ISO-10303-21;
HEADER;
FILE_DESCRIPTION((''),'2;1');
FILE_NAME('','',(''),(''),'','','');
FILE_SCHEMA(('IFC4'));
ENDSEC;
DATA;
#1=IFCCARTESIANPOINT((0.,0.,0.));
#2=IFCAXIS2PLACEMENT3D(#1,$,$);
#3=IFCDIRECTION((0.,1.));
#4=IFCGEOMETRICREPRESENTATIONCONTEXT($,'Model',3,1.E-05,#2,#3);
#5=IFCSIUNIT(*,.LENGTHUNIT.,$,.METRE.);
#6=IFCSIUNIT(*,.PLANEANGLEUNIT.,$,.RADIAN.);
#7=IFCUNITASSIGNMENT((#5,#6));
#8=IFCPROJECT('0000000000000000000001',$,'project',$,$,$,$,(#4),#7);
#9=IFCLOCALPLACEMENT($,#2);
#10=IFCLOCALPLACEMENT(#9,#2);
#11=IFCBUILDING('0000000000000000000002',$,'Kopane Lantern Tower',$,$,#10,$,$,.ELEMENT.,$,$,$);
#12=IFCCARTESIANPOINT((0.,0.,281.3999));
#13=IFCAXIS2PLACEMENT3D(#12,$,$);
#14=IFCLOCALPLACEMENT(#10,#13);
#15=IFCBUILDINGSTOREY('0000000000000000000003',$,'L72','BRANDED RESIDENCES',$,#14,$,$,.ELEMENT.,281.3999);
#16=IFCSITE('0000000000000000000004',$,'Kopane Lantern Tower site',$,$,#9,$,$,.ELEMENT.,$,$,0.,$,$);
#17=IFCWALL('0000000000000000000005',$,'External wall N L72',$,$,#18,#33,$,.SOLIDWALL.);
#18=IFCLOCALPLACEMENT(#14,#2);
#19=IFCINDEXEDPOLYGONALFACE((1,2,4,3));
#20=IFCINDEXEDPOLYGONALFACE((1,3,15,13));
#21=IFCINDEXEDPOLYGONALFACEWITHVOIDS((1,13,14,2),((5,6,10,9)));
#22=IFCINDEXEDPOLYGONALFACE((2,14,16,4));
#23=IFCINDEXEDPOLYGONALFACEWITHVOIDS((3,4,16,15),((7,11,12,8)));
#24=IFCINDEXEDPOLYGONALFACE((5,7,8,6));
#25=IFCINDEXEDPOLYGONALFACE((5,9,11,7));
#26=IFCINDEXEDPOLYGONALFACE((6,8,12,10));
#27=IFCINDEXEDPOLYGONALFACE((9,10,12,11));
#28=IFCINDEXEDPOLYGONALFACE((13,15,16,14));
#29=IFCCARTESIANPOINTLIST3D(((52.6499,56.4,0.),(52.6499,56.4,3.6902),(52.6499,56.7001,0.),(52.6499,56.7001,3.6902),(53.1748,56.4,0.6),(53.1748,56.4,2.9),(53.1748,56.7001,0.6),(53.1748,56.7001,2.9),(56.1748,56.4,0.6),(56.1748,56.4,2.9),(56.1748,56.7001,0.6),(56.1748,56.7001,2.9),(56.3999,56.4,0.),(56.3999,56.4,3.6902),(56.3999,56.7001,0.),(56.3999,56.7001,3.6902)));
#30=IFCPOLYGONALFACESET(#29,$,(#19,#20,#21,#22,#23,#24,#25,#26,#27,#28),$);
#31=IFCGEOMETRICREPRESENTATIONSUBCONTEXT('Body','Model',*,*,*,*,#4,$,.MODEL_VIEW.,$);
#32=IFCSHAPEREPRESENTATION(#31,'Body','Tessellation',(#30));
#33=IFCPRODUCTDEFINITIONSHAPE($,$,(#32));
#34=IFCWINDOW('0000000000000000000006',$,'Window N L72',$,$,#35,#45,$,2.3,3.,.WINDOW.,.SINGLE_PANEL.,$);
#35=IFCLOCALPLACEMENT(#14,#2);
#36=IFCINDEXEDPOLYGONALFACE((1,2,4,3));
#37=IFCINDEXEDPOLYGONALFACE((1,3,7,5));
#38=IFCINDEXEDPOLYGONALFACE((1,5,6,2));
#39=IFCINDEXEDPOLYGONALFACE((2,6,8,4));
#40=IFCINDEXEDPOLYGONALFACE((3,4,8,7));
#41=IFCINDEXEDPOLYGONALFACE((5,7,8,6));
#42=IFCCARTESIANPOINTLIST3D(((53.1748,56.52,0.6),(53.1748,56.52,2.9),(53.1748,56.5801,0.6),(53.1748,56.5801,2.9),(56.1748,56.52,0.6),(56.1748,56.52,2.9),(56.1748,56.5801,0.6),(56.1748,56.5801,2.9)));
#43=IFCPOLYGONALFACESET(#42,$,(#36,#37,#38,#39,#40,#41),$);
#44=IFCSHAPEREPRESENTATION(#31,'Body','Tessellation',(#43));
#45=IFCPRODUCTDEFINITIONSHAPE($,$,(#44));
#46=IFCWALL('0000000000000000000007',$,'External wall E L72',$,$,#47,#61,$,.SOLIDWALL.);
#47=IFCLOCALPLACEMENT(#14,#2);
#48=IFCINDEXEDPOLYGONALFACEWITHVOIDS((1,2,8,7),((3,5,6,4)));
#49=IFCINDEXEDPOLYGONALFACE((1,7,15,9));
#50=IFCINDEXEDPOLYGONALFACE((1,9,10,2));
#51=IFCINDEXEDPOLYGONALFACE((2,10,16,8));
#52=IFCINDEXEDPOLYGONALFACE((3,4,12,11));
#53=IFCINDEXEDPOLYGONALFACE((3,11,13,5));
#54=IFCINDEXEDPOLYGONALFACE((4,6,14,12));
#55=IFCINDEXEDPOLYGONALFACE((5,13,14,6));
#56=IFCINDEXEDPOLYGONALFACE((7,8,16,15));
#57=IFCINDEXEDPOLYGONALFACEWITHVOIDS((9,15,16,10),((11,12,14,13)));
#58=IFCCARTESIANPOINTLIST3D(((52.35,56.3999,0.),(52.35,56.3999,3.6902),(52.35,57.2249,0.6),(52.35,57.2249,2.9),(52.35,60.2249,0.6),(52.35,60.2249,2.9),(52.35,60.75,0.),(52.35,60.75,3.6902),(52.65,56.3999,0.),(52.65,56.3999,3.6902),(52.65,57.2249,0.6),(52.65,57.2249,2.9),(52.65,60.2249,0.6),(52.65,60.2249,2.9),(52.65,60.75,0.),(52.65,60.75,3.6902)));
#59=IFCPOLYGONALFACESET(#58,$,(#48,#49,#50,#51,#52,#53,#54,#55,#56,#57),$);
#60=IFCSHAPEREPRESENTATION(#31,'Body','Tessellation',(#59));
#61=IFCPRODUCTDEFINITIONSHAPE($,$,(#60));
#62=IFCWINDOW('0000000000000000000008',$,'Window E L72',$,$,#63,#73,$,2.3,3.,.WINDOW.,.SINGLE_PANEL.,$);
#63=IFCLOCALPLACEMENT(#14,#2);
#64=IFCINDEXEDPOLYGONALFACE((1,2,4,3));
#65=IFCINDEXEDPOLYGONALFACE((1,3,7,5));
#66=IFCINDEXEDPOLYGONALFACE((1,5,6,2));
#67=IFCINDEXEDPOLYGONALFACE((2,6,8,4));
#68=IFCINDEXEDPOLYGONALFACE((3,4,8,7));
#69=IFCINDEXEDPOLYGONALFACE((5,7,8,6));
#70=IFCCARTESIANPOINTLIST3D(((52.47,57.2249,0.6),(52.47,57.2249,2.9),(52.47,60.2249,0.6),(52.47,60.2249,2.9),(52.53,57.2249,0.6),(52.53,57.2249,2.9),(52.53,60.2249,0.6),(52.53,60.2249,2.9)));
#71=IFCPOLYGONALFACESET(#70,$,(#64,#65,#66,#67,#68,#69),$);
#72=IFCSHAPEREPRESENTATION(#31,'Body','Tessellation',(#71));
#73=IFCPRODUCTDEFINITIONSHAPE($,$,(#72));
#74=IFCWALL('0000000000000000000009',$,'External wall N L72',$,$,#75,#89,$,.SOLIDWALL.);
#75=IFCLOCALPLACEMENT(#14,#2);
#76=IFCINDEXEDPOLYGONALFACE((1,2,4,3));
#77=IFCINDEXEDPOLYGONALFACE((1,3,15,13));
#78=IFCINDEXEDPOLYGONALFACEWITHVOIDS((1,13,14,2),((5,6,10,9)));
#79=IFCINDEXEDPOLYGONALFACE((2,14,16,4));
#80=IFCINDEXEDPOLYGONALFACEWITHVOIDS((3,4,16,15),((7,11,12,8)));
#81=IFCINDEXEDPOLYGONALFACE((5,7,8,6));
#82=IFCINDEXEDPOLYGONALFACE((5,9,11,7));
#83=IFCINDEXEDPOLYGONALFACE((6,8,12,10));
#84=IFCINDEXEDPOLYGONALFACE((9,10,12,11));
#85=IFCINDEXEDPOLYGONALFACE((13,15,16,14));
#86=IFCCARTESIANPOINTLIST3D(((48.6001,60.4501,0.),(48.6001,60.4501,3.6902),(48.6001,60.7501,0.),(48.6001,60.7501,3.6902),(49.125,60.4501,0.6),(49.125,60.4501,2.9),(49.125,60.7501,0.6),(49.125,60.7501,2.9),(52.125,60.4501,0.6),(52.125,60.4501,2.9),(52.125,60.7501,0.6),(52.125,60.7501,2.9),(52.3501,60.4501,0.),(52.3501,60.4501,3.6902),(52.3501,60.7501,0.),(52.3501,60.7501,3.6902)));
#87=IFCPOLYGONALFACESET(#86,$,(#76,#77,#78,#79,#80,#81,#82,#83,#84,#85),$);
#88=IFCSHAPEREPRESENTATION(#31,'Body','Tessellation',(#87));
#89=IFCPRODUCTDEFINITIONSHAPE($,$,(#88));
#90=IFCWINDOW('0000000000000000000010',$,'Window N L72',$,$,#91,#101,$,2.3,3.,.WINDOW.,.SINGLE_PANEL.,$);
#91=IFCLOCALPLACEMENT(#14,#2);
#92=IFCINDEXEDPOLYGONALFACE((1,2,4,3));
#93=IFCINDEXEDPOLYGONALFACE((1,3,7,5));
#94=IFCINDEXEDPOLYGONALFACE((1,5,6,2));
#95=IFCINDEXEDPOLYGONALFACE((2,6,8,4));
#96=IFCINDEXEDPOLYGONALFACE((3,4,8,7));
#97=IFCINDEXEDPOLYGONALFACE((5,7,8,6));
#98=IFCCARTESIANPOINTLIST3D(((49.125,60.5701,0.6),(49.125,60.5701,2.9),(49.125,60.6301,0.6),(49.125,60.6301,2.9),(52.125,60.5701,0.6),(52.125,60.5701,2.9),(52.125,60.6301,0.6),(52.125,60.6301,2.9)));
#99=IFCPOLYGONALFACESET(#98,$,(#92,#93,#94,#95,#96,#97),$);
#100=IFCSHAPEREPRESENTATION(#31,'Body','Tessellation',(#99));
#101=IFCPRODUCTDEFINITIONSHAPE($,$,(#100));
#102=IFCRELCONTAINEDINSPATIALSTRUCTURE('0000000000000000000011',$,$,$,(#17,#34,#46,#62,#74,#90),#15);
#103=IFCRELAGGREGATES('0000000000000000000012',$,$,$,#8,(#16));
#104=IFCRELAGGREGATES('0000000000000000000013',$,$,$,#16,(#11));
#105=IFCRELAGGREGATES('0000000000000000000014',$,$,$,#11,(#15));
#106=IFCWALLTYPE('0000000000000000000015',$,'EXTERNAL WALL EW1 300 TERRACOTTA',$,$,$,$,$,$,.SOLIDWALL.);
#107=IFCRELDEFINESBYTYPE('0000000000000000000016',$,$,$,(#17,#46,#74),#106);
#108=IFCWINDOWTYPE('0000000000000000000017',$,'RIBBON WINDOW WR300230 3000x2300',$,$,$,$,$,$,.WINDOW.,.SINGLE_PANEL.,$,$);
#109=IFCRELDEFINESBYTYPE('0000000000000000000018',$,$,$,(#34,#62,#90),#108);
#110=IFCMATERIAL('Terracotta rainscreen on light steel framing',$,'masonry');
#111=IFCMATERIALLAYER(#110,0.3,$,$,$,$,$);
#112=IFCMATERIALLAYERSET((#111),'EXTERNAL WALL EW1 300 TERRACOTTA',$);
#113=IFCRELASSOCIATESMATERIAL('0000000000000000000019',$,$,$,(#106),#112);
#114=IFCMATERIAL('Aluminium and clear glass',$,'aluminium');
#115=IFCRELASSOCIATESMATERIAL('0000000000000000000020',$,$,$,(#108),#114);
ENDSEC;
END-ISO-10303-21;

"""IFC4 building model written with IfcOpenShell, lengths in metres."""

from ifc_helpers import new_model, si_unit, direction, frame, frame_2d, origin, place, context, subcontext, project, spatial, rectangle, extrude, material, layer, layer_set, type_object, element, fill, save


model = new_model("IFC4")

# Units and contexts
model_context = context("Model", 3, precision=1e-05, world=origin(), true_north=direction((0.0, 1.0)))
body_context = subcontext(model_context, "Body", "Model", "MODEL_VIEW")
ifc_project = project(units=[si_unit("LENGTHUNIT", "METRE"), si_unit("PLANEANGLEUNIT", "RADIAN")], contexts=[model_context])

# Site, building, storey
site_placement = place(None, origin())
site = spatial("IfcSite", under=ifc_project, at=site_placement, Name="Kopane Lantern Tower site", CompositionType="ELEMENT", RefElevation=0.0)
building_placement = place(site_placement, origin())
building = spatial("IfcBuilding", under=site, at=building_placement, Name="Kopane Lantern Tower", CompositionType="ELEMENT")
storey_placement = place(building_placement, frame((0.0, 0.0, 281.3999)))
storey = spatial("IfcBuildingStorey", under=building, at=storey_placement, Name="L72", Description="BRANDED RESIDENCES", CompositionType="ELEMENT", Elevation=281.3999)

# Walls, openings, windows
ifc_material_1 = material(Name="Terracotta rainscreen on light steel framing", Category="masonry")
ifc_layer_1 = layer(ifc_material_1, 0.3)
ifc_layer_set_1 = layer_set([ifc_layer_1], Name="EXTERNAL WALL EW1 300 TERRACOTTA")
wall_type_1 = type_object("IfcWallType", Name="EXTERNAL WALL EW1 300 TERRACOTTA", PredefinedType="SOLIDWALL", material=ifc_layer_set_1)
wall_1_placement = place(storey_placement, frame((56.3999, 56.55, 0.0), z_axis=(0.0, 0.0, 1.0), x_axis=(-1.0, 0.0, 0.0)))
wall_1 = element("IfcWall", 1, at=wall_1_placement, inside=storey, type_object=wall_type_1, Name="External wall N L72", PredefinedType="SOLIDWALL", context=body_context, shape_type="SweptSolid", body=[
    extrude(rectangle(XDim=3.75, YDim=0.3, at=frame_2d((1.875, 0.0))), origin(), (0.0, 0.0, 1.0), 3.6902),
])
opening_1_placement = place(wall_1_placement, frame((0.2251, 0.0, 0.6001)))
opening_1 = element("IfcOpeningElement", 2, at=opening_1_placement, cuts=wall_1, PredefinedType="OPENING", context=body_context, shape_type="SweptSolid", body=[
    extrude(rectangle(XDim=3.0, YDim=2.3, at=frame_2d((1.5, 1.1499))), frame((0.0, 0.1599, 0.0), z_axis=(0.0, -1.0, 0.0), x_axis=(1.0, 0.0, 0.0)), (0.0, 0.0, 1.0), 0.3201),
])
ifc_material_2 = material(Name="Aluminium and clear glass", Category="aluminium")
window_type = type_object("IfcWindowType", Name="RIBBON WINDOW WR300230 3000x2300", PartitioningType="SINGLE_PANEL", PredefinedType="WINDOW", material=ifc_material_2)
window_1_placement = place(opening_1_placement, origin())
window_1 = element("IfcWindow", 3, at=window_1_placement, inside=storey, type_object=window_type, Name="Window N L72", OverallHeight=2.3, OverallWidth=3.0, PartitioningType="SINGLE_PANEL", PredefinedType="WINDOW", context=body_context, shape_type="SweptSolid", body=[
    extrude(rectangle(XDim=3.0, YDim=2.3, at=frame_2d((1.5, 1.1499))), frame((0.0, 0.03, 0.0), z_axis=(0.0, -1.0, 0.0), x_axis=(1.0, 0.0, 0.0)), (0.0, 0.0, 1.0), 0.0601),
])
fill(opening_1, window_1)
wall_2_placement = place(storey_placement, frame((52.5, 56.3999, 0.0), z_axis=(0.0, 0.0, 1.0), x_axis=(0.0, 1.0, 0.0)))
wall_2 = element("IfcWall", 4, at=wall_2_placement, inside=storey, type_object=wall_type_1, Name="External wall E L72", PredefinedType="SOLIDWALL", context=body_context, shape_type="SweptSolid", body=[
    extrude(rectangle(XDim=4.3501, YDim=0.3, at=frame_2d((2.175, 0.0))), origin(), (0.0, 0.0, 1.0), 3.6902),
])
opening_2_placement = place(wall_2_placement, frame((0.825, 0.0, 0.6001)))
opening_2 = element("IfcOpeningElement", 5, at=opening_2_placement, cuts=wall_2, PredefinedType="OPENING", context=body_context, shape_type="SweptSolid", body=[
    extrude(rectangle(XDim=3.0, YDim=2.3, at=frame_2d((1.5, 1.1499))), frame((0.0, 0.1599, 0.0), z_axis=(0.0, -1.0, 0.0), x_axis=(1.0, 0.0, 0.0)), (0.0, 0.0, 1.0), 0.3201),
])
window_2_placement = place(opening_2_placement, origin())
window_2 = element("IfcWindow", 6, at=window_2_placement, inside=storey, type_object=window_type, Name="Window E L72", OverallHeight=2.3, OverallWidth=3.0, PartitioningType="SINGLE_PANEL", PredefinedType="WINDOW", context=body_context, shape_type="SweptSolid", body=[
    extrude(rectangle(XDim=3.0, YDim=2.3, at=frame_2d((1.5, 1.1499))), frame((0.0, 0.03, 0.0), z_axis=(0.0, -1.0, 0.0), x_axis=(1.0, 0.0, 0.0)), (0.0, 0.0, 1.0), 0.0601),
])
fill(opening_2, window_2)
wall_3_placement = place(storey_placement, frame((52.3501, 60.6001, 0.0), z_axis=(0.0, 0.0, 1.0), x_axis=(-1.0, 0.0, 0.0)))
wall_3 = element("IfcWall", 7, at=wall_3_placement, inside=storey, type_object=wall_type_1, Name="External wall N L72", PredefinedType="SOLIDWALL", context=body_context, shape_type="SweptSolid", body=[
    extrude(rectangle(XDim=3.75, YDim=0.3, at=frame_2d((1.875, 0.0))), origin(), (0.0, 0.0, 1.0), 3.6902),
])
opening_3_placement = place(wall_3_placement, frame((0.2251, 0.0, 0.6001)))
opening_3 = element("IfcOpeningElement", 8, at=opening_3_placement, cuts=wall_3, PredefinedType="OPENING", context=body_context, shape_type="SweptSolid", body=[
    extrude(rectangle(XDim=3.0, YDim=2.3, at=frame_2d((1.5, 1.1499))), frame((0.0, 0.1599, 0.0), z_axis=(0.0, -1.0, 0.0), x_axis=(1.0, 0.0, 0.0)), (0.0, 0.0, 1.0), 0.3201),
])
window_3_placement = place(opening_3_placement, origin())
window_3 = element("IfcWindow", 9, at=window_3_placement, inside=storey, type_object=window_type, Name="Window N L72", OverallHeight=2.3, OverallWidth=3.0, PartitioningType="SINGLE_PANEL", PredefinedType="WINDOW", context=body_context, shape_type="SweptSolid", body=[
    extrude(rectangle(XDim=3.0, YDim=2.3, at=frame_2d((1.5, 1.1499))), frame((0.0, 0.03, 0.0), z_axis=(0.0, -1.0, 0.0), x_axis=(1.0, 0.0, 0.0)), (0.0, 0.0, 1.0), 0.0601),
])
fill(opening_3, window_3)

save(model, "model.ifc")
